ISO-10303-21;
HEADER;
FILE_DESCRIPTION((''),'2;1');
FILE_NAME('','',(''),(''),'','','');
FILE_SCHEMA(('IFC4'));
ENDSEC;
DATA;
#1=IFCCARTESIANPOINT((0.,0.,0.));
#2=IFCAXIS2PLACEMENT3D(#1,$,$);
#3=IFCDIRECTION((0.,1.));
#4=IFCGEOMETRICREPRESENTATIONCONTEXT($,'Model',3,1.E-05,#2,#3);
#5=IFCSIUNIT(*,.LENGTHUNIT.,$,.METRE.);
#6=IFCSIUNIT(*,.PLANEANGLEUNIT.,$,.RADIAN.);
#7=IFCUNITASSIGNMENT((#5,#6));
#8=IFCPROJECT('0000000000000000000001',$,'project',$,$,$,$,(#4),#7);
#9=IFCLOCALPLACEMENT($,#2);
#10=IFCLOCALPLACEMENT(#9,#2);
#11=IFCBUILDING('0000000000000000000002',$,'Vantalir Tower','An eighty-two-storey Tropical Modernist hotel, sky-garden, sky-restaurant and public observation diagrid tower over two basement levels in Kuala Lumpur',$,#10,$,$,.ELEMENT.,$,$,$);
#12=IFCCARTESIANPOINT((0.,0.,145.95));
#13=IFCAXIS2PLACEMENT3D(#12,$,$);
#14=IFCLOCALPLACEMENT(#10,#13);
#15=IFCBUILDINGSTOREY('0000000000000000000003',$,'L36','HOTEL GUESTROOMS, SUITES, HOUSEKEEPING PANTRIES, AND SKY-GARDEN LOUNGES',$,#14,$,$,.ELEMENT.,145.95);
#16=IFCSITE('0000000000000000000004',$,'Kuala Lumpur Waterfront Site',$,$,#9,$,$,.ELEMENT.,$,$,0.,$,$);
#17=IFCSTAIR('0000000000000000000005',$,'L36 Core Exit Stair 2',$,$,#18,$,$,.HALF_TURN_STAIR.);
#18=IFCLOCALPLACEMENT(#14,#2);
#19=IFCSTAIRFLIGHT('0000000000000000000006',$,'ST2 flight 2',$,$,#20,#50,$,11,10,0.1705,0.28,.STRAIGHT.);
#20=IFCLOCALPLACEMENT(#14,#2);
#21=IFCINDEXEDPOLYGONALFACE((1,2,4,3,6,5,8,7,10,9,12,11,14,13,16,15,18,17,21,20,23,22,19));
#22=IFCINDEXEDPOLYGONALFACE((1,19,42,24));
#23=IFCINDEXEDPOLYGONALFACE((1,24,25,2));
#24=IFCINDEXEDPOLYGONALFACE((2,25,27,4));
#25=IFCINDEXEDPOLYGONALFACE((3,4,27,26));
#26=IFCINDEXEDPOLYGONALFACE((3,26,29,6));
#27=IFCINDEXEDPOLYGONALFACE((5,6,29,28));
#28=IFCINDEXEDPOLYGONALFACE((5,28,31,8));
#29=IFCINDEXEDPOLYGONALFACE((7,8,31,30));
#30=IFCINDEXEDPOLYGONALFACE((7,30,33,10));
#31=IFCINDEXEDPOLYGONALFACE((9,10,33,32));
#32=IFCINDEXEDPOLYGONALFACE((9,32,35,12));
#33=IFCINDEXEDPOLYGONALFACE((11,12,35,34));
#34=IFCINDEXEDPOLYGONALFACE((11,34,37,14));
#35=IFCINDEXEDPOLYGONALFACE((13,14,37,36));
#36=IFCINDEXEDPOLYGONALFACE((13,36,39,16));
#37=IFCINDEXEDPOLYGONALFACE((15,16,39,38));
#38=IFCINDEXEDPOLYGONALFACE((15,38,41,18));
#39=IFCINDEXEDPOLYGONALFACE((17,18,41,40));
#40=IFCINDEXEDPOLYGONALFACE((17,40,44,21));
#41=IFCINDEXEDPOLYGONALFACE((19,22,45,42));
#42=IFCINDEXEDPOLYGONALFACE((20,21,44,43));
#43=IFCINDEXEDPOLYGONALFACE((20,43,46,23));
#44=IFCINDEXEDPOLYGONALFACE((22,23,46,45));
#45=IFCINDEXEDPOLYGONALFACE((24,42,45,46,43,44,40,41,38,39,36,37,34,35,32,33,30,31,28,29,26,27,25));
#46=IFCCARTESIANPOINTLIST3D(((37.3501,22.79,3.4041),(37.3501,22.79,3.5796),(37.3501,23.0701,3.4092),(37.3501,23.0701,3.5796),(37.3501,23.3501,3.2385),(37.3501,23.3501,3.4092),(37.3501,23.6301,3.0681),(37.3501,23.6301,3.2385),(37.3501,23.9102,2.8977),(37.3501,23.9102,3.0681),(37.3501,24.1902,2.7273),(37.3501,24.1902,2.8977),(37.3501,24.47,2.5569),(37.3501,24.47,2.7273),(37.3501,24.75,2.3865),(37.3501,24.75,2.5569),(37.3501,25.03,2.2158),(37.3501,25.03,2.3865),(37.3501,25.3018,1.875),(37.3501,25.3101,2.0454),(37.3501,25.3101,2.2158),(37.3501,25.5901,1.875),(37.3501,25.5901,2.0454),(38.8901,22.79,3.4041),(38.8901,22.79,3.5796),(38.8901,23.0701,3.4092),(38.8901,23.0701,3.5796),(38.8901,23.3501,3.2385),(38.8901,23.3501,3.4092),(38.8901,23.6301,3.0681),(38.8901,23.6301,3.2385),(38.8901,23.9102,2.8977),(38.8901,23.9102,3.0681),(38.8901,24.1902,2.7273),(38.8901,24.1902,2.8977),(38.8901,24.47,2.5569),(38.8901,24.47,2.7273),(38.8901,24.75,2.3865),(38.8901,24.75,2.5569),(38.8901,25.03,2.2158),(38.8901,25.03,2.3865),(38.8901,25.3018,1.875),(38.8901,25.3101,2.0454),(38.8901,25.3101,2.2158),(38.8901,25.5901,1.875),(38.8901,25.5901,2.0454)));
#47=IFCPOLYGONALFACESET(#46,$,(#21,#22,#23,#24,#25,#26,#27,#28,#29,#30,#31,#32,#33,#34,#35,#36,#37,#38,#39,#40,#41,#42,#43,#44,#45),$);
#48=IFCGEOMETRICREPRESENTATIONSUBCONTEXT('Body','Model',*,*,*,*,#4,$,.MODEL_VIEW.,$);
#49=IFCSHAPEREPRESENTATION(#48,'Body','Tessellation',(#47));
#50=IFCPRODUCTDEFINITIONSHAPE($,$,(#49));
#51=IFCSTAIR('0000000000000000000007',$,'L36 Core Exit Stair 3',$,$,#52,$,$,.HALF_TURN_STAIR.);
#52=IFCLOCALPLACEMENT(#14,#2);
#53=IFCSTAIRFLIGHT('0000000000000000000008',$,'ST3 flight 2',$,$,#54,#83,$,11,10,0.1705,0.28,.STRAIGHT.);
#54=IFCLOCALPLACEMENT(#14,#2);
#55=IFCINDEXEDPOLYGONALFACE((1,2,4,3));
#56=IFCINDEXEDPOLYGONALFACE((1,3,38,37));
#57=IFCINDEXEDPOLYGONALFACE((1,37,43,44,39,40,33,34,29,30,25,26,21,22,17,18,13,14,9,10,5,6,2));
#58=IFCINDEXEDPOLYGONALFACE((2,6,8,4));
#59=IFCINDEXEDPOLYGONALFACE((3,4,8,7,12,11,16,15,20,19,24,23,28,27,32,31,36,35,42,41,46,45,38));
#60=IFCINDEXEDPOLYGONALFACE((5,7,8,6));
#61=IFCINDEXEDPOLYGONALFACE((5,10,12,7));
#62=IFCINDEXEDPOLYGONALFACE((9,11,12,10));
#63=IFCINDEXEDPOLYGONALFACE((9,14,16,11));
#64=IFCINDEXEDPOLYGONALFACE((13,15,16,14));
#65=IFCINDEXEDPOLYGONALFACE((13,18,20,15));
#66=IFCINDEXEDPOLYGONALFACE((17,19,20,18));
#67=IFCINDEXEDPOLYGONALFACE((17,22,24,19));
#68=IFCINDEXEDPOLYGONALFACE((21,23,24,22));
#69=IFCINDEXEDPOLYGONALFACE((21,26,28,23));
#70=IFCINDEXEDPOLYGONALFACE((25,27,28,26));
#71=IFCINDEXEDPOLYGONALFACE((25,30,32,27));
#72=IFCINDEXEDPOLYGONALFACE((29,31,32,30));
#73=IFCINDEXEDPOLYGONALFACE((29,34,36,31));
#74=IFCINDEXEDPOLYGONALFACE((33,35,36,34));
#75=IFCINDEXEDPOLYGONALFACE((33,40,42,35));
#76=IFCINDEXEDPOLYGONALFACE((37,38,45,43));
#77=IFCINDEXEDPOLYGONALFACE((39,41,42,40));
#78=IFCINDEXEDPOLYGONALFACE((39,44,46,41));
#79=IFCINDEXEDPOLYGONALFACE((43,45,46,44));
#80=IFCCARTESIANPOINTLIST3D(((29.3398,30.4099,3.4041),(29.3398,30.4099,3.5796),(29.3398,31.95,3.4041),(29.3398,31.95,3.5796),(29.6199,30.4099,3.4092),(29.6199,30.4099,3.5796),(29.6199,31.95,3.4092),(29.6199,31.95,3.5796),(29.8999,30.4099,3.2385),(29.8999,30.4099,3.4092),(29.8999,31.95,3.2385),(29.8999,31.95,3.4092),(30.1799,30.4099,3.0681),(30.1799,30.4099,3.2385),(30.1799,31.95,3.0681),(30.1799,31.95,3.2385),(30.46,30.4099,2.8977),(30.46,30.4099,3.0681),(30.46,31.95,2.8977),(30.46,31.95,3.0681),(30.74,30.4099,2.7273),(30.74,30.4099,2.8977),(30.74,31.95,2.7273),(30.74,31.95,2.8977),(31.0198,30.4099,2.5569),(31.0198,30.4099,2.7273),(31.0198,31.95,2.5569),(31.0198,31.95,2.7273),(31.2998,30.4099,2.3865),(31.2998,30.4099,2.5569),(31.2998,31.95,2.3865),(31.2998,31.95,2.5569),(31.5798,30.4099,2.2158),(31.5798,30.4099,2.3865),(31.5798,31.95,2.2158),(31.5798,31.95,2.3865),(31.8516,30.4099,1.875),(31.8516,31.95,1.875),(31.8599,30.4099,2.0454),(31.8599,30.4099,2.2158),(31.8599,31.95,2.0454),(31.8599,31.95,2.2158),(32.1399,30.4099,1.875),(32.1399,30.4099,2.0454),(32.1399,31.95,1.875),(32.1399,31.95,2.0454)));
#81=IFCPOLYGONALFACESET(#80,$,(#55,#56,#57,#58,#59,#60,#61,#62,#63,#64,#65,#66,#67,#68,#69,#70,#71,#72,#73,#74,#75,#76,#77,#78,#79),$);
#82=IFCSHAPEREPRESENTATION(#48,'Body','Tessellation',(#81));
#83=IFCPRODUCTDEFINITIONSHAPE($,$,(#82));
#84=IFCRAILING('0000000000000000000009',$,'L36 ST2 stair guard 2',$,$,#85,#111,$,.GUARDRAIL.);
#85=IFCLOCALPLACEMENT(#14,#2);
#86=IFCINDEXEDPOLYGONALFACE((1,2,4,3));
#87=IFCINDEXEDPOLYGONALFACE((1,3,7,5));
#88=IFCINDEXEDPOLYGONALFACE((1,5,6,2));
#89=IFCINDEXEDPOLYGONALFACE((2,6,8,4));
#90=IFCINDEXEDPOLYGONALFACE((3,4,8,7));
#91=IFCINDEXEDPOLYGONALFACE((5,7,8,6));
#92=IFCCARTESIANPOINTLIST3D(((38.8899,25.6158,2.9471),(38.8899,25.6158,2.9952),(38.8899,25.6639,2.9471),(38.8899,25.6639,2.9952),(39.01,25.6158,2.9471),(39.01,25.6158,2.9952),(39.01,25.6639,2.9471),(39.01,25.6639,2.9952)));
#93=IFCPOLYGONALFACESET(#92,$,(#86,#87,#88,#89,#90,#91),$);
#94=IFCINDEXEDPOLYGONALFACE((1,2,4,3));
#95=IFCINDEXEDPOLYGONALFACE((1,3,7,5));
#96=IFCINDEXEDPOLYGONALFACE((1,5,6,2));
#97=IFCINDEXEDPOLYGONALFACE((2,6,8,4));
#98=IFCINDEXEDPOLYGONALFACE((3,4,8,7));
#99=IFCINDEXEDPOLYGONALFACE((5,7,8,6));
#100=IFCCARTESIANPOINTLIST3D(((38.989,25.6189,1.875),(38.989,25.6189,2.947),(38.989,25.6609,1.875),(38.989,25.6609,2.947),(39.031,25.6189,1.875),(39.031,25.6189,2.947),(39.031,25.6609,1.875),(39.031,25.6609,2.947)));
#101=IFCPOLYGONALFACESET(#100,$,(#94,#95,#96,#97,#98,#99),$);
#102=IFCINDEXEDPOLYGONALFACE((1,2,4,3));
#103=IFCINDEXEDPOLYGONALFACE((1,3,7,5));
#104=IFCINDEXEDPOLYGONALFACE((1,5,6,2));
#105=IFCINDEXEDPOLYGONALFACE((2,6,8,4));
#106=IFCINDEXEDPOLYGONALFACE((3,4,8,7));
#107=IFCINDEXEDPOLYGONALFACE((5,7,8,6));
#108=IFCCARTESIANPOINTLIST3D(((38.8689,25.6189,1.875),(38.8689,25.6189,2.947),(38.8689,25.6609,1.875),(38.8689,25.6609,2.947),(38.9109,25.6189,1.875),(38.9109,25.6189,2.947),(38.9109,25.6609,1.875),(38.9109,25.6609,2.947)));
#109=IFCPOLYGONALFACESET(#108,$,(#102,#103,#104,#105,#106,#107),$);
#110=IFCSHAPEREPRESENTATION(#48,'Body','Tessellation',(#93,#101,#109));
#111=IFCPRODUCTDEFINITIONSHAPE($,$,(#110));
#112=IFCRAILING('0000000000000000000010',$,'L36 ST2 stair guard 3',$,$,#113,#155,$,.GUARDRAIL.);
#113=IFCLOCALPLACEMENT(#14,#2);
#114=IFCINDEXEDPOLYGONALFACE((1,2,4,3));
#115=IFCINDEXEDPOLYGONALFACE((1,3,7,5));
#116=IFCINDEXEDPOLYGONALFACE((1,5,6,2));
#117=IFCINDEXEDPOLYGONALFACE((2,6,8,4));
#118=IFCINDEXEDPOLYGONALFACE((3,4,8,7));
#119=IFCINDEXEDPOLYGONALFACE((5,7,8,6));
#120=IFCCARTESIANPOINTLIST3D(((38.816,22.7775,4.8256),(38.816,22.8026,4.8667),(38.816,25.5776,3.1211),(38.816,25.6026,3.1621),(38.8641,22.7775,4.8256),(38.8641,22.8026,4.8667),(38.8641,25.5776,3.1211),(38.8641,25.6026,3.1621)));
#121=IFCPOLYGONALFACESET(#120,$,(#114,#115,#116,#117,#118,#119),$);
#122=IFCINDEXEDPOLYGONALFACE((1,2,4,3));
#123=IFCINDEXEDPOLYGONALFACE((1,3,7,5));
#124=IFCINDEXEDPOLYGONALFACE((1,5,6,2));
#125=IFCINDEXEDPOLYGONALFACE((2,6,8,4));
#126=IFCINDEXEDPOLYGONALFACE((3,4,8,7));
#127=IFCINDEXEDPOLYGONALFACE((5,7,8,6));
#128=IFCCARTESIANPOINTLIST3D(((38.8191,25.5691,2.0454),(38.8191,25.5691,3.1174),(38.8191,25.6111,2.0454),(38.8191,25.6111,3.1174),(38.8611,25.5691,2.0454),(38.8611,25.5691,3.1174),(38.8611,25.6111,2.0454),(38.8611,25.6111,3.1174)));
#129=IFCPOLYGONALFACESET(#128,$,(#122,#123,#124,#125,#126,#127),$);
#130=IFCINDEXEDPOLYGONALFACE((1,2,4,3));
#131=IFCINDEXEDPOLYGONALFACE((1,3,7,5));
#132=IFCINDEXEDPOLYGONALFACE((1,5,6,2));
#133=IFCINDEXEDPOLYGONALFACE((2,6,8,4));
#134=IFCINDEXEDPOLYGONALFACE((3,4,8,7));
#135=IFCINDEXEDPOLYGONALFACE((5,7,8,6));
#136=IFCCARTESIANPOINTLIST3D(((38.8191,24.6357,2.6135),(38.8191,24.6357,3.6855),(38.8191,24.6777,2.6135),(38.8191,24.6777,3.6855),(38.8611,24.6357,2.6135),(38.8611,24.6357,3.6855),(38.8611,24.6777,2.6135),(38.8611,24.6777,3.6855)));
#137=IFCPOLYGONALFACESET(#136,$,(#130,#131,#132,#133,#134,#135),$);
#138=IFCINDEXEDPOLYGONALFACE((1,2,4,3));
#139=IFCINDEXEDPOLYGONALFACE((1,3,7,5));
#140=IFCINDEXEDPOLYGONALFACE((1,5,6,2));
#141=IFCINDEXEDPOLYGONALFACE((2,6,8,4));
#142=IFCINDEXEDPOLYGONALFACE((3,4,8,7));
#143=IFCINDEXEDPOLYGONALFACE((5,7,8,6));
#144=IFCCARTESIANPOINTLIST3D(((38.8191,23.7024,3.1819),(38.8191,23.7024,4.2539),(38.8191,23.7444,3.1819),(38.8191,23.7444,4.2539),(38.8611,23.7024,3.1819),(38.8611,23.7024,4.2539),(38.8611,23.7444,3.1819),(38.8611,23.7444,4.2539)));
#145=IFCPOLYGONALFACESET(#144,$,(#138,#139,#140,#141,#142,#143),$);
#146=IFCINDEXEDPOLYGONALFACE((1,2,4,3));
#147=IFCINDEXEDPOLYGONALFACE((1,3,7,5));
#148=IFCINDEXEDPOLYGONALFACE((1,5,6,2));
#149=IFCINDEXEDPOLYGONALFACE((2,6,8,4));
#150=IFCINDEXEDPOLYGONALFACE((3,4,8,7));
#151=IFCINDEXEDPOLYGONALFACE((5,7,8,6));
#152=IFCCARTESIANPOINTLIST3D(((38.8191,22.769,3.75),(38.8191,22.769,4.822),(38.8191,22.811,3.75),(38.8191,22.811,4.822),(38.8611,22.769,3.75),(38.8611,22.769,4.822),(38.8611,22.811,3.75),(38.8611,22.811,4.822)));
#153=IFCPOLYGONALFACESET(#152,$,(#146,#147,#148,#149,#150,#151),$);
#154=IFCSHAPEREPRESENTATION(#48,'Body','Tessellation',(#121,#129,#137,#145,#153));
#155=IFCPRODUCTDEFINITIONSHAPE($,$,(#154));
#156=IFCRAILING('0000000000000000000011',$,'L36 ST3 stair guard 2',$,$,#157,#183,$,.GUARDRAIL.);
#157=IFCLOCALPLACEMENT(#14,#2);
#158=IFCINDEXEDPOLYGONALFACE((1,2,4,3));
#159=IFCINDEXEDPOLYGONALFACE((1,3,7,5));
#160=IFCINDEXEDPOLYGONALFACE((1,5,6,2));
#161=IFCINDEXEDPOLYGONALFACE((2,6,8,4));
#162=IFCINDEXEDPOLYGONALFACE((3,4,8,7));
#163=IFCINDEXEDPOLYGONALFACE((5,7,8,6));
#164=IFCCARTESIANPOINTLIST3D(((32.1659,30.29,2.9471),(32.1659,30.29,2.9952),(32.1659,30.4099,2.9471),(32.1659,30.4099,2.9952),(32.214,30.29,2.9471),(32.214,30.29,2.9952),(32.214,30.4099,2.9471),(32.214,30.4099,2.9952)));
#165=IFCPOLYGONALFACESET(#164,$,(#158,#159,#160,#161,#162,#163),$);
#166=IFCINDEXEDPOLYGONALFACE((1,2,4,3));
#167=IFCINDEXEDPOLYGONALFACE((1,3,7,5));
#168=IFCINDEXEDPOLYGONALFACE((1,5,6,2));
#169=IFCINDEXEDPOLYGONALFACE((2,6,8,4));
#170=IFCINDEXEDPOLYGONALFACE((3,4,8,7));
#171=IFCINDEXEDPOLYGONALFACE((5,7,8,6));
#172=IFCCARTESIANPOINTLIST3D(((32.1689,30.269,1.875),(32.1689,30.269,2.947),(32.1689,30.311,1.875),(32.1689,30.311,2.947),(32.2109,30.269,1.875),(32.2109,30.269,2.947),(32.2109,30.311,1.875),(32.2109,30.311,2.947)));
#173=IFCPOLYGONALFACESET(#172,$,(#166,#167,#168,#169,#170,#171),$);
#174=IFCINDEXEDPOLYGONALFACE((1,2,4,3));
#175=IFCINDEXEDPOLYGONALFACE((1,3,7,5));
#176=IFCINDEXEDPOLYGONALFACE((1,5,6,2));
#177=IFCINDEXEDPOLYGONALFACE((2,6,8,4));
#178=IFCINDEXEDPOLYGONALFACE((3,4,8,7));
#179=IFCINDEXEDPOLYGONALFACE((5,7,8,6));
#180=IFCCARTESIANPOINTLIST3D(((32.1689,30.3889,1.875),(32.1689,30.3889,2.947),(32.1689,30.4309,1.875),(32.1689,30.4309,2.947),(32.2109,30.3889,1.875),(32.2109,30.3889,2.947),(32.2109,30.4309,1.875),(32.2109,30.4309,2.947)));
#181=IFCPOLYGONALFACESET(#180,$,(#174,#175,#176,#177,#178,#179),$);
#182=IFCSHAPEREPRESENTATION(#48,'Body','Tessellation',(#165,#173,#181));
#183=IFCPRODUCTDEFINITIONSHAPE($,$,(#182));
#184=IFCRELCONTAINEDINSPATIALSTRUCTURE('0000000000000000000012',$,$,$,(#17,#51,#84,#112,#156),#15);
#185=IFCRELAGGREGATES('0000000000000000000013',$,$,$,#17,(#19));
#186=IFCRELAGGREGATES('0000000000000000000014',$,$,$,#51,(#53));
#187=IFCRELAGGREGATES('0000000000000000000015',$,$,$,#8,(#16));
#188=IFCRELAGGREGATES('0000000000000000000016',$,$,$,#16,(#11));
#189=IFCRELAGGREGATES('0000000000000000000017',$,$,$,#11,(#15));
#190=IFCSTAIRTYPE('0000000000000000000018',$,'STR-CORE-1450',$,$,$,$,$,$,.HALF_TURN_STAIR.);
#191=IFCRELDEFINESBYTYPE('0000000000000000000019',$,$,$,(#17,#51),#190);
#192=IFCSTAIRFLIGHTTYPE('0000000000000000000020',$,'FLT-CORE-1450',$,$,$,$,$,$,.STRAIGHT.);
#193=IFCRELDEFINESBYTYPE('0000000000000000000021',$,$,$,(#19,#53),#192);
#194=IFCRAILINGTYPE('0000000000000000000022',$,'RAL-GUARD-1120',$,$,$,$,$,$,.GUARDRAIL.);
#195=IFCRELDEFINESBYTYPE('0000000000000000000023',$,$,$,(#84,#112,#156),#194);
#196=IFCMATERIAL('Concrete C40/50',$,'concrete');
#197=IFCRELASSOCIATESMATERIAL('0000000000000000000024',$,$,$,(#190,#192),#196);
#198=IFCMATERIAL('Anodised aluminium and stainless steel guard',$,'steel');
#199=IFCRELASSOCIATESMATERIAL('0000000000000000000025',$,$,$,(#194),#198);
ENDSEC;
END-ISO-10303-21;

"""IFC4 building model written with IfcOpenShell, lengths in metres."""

from ifc_helpers import new_model, si_unit, direction, frame, origin, origin_2d, place, context, subcontext, project, spatial, polyline, rectangle, outline, extrude, material, type_object, element, aggregate, save


model = new_model("IFC4")

# Units and contexts
model_context = context("Model", 3, precision=1e-05, world=origin(), true_north=direction((0.0, 1.0)))
body_context = subcontext(model_context, "Body", "Model", "MODEL_VIEW")
ifc_project = project(units=[si_unit("LENGTHUNIT", "METRE"), si_unit("PLANEANGLEUNIT", "RADIAN")], contexts=[model_context])

# Site, building, storey
site_placement = place(None, origin())
site = spatial("IfcSite", under=ifc_project, at=site_placement, Name="Kuala Lumpur Waterfront Site", CompositionType="ELEMENT", RefElevation=0.0)
building_placement = place(site_placement, origin())
building = spatial("IfcBuilding", under=site, at=building_placement, Name="Vantalir Tower", Description="An eighty-two-storey Tropical Modernist hotel, sky-garden, sky-restaurant and public observation diagrid tower over two basement levels in Kuala Lumpur", CompositionType="ELEMENT")
storey_placement = place(building_placement, frame((0.0, 0.0, 145.95)))
storey = spatial("IfcBuildingStorey", under=building, at=storey_placement, Name="L36", Description="HOTEL GUESTROOMS, SUITES, HOUSEKEEPING PANTRIES, AND SKY-GARDEN LOUNGES", CompositionType="ELEMENT", Elevation=145.95)

# Stairs, stair flights
ifc_material_1 = material(Name="Concrete C40/50", Category="concrete")
stair_type = type_object("IfcStairType", Name="STR-CORE-1450", PredefinedType="HALF_TURN_STAIR", material=ifc_material_1)
stair_1_placement = place(storey_placement, origin())
stair_1 = element("IfcStair", 1, at=stair_1_placement, inside=storey, type_object=stair_type, Name="L36 Core Exit Stair 2", PredefinedType="HALF_TURN_STAIR")
stair_flight_type = type_object("IfcStairFlightType", Name="FLT-CORE-1450", PredefinedType="STRAIGHT", material=ifc_material_1)
stair_flight_1_placement = place(storey_placement, frame((38.1201, 25.5901, 1.875), z_axis=(0.0, 0.0, 1.0), x_axis=(0.0, -1.0, 0.0)))
stair_flight_1 = element("IfcStairFlight", 2, at=stair_flight_1_placement, type_object=stair_flight_type, Name="ST2 flight 2", NumberOfRisers=11, NumberOfTreads=10, PredefinedType="STRAIGHT", RiserHeight=0.1705, TreadLength=0.28, context=body_context, shape_type="SweptSolid", body=[
    extrude(outline(polyline([(0.0, 0.0), (0.0, 0.1704), (0.28, 0.1704), (0.28, 0.3408), (0.5601, 0.3408), (0.5601, 0.5115), (0.8401, 0.5115), (0.8401, 0.6819), (1.1201, 0.6819), (1.1201, 0.8523), (1.3999, 0.8523), (1.3999, 1.0227), (1.6799, 1.0227), (1.6799, 1.1931), (1.96, 1.1931), (1.96, 1.3635), (2.24, 1.3635), (2.24, 1.5342), (2.52, 1.5342), (2.52, 1.7046), (2.8, 1.7046), (2.8, 1.875), (2.8, 1.5291), (0.2883, 0.0), (0.0, 0.0)])), frame((0.0, 0.77, 0.0), z_axis=(0.0, -1.0, 0.0), x_axis=(1.0, 0.0, 0.0)), (0.0, 0.0, 1.0), 1.54),
])
aggregate(stair_1, [stair_flight_1])
stair_2_placement = place(storey_placement, origin())
stair_2 = element("IfcStair", 3, at=stair_2_placement, inside=storey, type_object=stair_type, Name="L36 Core Exit Stair 3", PredefinedType="HALF_TURN_STAIR")
stair_flight_2_placement = place(storey_placement, frame((32.1399, 31.1799, 1.875), z_axis=(0.0, 0.0, 1.0), x_axis=(-1.0, 0.0, 0.0)))
stair_flight_2 = element("IfcStairFlight", 4, at=stair_flight_2_placement, type_object=stair_flight_type, Name="ST3 flight 2", NumberOfRisers=11, NumberOfTreads=10, PredefinedType="STRAIGHT", RiserHeight=0.1705, TreadLength=0.28, context=body_context, shape_type="SweptSolid", body=[
    extrude(outline(polyline([(0.0, 0.0), (0.0, 0.1704), (0.28, 0.1704), (0.28, 0.3408), (0.5601, 0.3408), (0.5601, 0.5115), (0.8401, 0.5115), (0.8401, 0.6819), (1.1201, 0.6819), (1.1201, 0.8523), (1.3999, 0.8523), (1.3999, 1.0227), (1.6799, 1.0227), (1.6799, 1.1931), (1.96, 1.1931), (1.96, 1.3635), (2.24, 1.3635), (2.24, 1.5342), (2.52, 1.5342), (2.52, 1.7046), (2.8, 1.7046), (2.8, 1.875), (2.8, 1.5291), (0.2883, 0.0), (0.0, 0.0)])), frame((0.0, 0.77, 0.0), z_axis=(0.0, -1.0, 0.0), x_axis=(1.0, 0.0, 0.0)), (0.0, 0.0, 1.0), 1.54),
])
aggregate(stair_2, [stair_flight_2])

# Railings
ifc_material_2 = material(Name="Anodised aluminium and stainless steel guard", Category="steel")
railing_type_1 = type_object("IfcRailingType", Name="RAL-GUARD-1120", PredefinedType="GUARDRAIL", material=ifc_material_2)
railing_1_placement = place(storey_placement, frame((39.01, 25.6399, 1.875)))
element("IfcRailing", 5, at=railing_1_placement, inside=storey, type_object=railing_type_1, Name="L36 ST2 stair guard 2", PredefinedType="GUARDRAIL", context=body_context, shape_type="SweptSolid", body=[
    extrude(rectangle(XDim=0.0481, YDim=0.0481, at=origin_2d()), frame((0.0, 0.0, 1.0962), z_axis=(-1.0, 0.0, 0.0), x_axis=(0.0, -1.0, 0.0)), (0.0, 0.0, 1.0), 0.1201),
    extrude(rectangle(XDim=0.042, YDim=0.042, at=origin_2d()), origin(), (0.0, 0.0, 1.0), 1.072),
    extrude(rectangle(XDim=0.042, YDim=0.042, at=origin_2d()), frame((-0.1201, 0.0, 0.0)), (0.0, 0.0, 1.0), 1.072),
])
railing_2_placement = place(storey_placement, frame((38.8401, 25.5901, 2.0454)))
element("IfcRailing", 6, at=railing_2_placement, inside=storey, type_object=railing_type_1, Name="L36 ST2 stair guard 3", PredefinedType="GUARDRAIL", context=body_context, shape_type="SweptSolid", body=[
    extrude(rectangle(XDim=0.0481, YDim=0.0481, at=origin_2d()), frame((0.0, 0.0, 1.0962), z_axis=(0.0, -0.85417, 0.519994), x_axis=(1.0, 0.0, 0.0)), (0.0, 0.0, 1.0), 3.2781),
    extrude(rectangle(XDim=0.042, YDim=0.042, at=origin_2d()), origin(), (0.0, 0.0, 1.0), 1.072),
    extrude(rectangle(XDim=0.042, YDim=0.042, at=origin_2d()), frame((0.0, -0.9333, 0.5681)), (0.0, 0.0, 1.0), 1.072),
    extrude(rectangle(XDim=0.042, YDim=0.042, at=origin_2d()), frame((0.0, -1.8667, 1.1365)), (0.0, 0.0, 1.0), 1.072),
    extrude(rectangle(XDim=0.042, YDim=0.042, at=origin_2d()), frame((0.0, -2.8, 1.7046)), (0.0, 0.0, 1.0), 1.072),
])
railing_3_placement = place(storey_placement, frame((32.1899, 30.29, 1.875)))
element("IfcRailing", 7, at=railing_3_placement, inside=storey, type_object=railing_type_1, Name="L36 ST3 stair guard 2", PredefinedType="GUARDRAIL", context=body_context, shape_type="SweptSolid", body=[
    extrude(rectangle(XDim=0.0481, YDim=0.0481, at=origin_2d()), frame((0.0, 0.0, 1.0962), z_axis=(0.0, 1.0, 0.0), x_axis=(-1.0, 0.0, 0.0)), (0.0, 0.0, 1.0), 0.1199),
    extrude(rectangle(XDim=0.042, YDim=0.042, at=origin_2d()), origin(), (0.0, 0.0, 1.0), 1.072),
    extrude(rectangle(XDim=0.042, YDim=0.042, at=origin_2d()), frame((0.0, 0.1199, 0.0)), (0.0, 0.0, 1.0), 1.072),
])

save(model, "model.ifc")
